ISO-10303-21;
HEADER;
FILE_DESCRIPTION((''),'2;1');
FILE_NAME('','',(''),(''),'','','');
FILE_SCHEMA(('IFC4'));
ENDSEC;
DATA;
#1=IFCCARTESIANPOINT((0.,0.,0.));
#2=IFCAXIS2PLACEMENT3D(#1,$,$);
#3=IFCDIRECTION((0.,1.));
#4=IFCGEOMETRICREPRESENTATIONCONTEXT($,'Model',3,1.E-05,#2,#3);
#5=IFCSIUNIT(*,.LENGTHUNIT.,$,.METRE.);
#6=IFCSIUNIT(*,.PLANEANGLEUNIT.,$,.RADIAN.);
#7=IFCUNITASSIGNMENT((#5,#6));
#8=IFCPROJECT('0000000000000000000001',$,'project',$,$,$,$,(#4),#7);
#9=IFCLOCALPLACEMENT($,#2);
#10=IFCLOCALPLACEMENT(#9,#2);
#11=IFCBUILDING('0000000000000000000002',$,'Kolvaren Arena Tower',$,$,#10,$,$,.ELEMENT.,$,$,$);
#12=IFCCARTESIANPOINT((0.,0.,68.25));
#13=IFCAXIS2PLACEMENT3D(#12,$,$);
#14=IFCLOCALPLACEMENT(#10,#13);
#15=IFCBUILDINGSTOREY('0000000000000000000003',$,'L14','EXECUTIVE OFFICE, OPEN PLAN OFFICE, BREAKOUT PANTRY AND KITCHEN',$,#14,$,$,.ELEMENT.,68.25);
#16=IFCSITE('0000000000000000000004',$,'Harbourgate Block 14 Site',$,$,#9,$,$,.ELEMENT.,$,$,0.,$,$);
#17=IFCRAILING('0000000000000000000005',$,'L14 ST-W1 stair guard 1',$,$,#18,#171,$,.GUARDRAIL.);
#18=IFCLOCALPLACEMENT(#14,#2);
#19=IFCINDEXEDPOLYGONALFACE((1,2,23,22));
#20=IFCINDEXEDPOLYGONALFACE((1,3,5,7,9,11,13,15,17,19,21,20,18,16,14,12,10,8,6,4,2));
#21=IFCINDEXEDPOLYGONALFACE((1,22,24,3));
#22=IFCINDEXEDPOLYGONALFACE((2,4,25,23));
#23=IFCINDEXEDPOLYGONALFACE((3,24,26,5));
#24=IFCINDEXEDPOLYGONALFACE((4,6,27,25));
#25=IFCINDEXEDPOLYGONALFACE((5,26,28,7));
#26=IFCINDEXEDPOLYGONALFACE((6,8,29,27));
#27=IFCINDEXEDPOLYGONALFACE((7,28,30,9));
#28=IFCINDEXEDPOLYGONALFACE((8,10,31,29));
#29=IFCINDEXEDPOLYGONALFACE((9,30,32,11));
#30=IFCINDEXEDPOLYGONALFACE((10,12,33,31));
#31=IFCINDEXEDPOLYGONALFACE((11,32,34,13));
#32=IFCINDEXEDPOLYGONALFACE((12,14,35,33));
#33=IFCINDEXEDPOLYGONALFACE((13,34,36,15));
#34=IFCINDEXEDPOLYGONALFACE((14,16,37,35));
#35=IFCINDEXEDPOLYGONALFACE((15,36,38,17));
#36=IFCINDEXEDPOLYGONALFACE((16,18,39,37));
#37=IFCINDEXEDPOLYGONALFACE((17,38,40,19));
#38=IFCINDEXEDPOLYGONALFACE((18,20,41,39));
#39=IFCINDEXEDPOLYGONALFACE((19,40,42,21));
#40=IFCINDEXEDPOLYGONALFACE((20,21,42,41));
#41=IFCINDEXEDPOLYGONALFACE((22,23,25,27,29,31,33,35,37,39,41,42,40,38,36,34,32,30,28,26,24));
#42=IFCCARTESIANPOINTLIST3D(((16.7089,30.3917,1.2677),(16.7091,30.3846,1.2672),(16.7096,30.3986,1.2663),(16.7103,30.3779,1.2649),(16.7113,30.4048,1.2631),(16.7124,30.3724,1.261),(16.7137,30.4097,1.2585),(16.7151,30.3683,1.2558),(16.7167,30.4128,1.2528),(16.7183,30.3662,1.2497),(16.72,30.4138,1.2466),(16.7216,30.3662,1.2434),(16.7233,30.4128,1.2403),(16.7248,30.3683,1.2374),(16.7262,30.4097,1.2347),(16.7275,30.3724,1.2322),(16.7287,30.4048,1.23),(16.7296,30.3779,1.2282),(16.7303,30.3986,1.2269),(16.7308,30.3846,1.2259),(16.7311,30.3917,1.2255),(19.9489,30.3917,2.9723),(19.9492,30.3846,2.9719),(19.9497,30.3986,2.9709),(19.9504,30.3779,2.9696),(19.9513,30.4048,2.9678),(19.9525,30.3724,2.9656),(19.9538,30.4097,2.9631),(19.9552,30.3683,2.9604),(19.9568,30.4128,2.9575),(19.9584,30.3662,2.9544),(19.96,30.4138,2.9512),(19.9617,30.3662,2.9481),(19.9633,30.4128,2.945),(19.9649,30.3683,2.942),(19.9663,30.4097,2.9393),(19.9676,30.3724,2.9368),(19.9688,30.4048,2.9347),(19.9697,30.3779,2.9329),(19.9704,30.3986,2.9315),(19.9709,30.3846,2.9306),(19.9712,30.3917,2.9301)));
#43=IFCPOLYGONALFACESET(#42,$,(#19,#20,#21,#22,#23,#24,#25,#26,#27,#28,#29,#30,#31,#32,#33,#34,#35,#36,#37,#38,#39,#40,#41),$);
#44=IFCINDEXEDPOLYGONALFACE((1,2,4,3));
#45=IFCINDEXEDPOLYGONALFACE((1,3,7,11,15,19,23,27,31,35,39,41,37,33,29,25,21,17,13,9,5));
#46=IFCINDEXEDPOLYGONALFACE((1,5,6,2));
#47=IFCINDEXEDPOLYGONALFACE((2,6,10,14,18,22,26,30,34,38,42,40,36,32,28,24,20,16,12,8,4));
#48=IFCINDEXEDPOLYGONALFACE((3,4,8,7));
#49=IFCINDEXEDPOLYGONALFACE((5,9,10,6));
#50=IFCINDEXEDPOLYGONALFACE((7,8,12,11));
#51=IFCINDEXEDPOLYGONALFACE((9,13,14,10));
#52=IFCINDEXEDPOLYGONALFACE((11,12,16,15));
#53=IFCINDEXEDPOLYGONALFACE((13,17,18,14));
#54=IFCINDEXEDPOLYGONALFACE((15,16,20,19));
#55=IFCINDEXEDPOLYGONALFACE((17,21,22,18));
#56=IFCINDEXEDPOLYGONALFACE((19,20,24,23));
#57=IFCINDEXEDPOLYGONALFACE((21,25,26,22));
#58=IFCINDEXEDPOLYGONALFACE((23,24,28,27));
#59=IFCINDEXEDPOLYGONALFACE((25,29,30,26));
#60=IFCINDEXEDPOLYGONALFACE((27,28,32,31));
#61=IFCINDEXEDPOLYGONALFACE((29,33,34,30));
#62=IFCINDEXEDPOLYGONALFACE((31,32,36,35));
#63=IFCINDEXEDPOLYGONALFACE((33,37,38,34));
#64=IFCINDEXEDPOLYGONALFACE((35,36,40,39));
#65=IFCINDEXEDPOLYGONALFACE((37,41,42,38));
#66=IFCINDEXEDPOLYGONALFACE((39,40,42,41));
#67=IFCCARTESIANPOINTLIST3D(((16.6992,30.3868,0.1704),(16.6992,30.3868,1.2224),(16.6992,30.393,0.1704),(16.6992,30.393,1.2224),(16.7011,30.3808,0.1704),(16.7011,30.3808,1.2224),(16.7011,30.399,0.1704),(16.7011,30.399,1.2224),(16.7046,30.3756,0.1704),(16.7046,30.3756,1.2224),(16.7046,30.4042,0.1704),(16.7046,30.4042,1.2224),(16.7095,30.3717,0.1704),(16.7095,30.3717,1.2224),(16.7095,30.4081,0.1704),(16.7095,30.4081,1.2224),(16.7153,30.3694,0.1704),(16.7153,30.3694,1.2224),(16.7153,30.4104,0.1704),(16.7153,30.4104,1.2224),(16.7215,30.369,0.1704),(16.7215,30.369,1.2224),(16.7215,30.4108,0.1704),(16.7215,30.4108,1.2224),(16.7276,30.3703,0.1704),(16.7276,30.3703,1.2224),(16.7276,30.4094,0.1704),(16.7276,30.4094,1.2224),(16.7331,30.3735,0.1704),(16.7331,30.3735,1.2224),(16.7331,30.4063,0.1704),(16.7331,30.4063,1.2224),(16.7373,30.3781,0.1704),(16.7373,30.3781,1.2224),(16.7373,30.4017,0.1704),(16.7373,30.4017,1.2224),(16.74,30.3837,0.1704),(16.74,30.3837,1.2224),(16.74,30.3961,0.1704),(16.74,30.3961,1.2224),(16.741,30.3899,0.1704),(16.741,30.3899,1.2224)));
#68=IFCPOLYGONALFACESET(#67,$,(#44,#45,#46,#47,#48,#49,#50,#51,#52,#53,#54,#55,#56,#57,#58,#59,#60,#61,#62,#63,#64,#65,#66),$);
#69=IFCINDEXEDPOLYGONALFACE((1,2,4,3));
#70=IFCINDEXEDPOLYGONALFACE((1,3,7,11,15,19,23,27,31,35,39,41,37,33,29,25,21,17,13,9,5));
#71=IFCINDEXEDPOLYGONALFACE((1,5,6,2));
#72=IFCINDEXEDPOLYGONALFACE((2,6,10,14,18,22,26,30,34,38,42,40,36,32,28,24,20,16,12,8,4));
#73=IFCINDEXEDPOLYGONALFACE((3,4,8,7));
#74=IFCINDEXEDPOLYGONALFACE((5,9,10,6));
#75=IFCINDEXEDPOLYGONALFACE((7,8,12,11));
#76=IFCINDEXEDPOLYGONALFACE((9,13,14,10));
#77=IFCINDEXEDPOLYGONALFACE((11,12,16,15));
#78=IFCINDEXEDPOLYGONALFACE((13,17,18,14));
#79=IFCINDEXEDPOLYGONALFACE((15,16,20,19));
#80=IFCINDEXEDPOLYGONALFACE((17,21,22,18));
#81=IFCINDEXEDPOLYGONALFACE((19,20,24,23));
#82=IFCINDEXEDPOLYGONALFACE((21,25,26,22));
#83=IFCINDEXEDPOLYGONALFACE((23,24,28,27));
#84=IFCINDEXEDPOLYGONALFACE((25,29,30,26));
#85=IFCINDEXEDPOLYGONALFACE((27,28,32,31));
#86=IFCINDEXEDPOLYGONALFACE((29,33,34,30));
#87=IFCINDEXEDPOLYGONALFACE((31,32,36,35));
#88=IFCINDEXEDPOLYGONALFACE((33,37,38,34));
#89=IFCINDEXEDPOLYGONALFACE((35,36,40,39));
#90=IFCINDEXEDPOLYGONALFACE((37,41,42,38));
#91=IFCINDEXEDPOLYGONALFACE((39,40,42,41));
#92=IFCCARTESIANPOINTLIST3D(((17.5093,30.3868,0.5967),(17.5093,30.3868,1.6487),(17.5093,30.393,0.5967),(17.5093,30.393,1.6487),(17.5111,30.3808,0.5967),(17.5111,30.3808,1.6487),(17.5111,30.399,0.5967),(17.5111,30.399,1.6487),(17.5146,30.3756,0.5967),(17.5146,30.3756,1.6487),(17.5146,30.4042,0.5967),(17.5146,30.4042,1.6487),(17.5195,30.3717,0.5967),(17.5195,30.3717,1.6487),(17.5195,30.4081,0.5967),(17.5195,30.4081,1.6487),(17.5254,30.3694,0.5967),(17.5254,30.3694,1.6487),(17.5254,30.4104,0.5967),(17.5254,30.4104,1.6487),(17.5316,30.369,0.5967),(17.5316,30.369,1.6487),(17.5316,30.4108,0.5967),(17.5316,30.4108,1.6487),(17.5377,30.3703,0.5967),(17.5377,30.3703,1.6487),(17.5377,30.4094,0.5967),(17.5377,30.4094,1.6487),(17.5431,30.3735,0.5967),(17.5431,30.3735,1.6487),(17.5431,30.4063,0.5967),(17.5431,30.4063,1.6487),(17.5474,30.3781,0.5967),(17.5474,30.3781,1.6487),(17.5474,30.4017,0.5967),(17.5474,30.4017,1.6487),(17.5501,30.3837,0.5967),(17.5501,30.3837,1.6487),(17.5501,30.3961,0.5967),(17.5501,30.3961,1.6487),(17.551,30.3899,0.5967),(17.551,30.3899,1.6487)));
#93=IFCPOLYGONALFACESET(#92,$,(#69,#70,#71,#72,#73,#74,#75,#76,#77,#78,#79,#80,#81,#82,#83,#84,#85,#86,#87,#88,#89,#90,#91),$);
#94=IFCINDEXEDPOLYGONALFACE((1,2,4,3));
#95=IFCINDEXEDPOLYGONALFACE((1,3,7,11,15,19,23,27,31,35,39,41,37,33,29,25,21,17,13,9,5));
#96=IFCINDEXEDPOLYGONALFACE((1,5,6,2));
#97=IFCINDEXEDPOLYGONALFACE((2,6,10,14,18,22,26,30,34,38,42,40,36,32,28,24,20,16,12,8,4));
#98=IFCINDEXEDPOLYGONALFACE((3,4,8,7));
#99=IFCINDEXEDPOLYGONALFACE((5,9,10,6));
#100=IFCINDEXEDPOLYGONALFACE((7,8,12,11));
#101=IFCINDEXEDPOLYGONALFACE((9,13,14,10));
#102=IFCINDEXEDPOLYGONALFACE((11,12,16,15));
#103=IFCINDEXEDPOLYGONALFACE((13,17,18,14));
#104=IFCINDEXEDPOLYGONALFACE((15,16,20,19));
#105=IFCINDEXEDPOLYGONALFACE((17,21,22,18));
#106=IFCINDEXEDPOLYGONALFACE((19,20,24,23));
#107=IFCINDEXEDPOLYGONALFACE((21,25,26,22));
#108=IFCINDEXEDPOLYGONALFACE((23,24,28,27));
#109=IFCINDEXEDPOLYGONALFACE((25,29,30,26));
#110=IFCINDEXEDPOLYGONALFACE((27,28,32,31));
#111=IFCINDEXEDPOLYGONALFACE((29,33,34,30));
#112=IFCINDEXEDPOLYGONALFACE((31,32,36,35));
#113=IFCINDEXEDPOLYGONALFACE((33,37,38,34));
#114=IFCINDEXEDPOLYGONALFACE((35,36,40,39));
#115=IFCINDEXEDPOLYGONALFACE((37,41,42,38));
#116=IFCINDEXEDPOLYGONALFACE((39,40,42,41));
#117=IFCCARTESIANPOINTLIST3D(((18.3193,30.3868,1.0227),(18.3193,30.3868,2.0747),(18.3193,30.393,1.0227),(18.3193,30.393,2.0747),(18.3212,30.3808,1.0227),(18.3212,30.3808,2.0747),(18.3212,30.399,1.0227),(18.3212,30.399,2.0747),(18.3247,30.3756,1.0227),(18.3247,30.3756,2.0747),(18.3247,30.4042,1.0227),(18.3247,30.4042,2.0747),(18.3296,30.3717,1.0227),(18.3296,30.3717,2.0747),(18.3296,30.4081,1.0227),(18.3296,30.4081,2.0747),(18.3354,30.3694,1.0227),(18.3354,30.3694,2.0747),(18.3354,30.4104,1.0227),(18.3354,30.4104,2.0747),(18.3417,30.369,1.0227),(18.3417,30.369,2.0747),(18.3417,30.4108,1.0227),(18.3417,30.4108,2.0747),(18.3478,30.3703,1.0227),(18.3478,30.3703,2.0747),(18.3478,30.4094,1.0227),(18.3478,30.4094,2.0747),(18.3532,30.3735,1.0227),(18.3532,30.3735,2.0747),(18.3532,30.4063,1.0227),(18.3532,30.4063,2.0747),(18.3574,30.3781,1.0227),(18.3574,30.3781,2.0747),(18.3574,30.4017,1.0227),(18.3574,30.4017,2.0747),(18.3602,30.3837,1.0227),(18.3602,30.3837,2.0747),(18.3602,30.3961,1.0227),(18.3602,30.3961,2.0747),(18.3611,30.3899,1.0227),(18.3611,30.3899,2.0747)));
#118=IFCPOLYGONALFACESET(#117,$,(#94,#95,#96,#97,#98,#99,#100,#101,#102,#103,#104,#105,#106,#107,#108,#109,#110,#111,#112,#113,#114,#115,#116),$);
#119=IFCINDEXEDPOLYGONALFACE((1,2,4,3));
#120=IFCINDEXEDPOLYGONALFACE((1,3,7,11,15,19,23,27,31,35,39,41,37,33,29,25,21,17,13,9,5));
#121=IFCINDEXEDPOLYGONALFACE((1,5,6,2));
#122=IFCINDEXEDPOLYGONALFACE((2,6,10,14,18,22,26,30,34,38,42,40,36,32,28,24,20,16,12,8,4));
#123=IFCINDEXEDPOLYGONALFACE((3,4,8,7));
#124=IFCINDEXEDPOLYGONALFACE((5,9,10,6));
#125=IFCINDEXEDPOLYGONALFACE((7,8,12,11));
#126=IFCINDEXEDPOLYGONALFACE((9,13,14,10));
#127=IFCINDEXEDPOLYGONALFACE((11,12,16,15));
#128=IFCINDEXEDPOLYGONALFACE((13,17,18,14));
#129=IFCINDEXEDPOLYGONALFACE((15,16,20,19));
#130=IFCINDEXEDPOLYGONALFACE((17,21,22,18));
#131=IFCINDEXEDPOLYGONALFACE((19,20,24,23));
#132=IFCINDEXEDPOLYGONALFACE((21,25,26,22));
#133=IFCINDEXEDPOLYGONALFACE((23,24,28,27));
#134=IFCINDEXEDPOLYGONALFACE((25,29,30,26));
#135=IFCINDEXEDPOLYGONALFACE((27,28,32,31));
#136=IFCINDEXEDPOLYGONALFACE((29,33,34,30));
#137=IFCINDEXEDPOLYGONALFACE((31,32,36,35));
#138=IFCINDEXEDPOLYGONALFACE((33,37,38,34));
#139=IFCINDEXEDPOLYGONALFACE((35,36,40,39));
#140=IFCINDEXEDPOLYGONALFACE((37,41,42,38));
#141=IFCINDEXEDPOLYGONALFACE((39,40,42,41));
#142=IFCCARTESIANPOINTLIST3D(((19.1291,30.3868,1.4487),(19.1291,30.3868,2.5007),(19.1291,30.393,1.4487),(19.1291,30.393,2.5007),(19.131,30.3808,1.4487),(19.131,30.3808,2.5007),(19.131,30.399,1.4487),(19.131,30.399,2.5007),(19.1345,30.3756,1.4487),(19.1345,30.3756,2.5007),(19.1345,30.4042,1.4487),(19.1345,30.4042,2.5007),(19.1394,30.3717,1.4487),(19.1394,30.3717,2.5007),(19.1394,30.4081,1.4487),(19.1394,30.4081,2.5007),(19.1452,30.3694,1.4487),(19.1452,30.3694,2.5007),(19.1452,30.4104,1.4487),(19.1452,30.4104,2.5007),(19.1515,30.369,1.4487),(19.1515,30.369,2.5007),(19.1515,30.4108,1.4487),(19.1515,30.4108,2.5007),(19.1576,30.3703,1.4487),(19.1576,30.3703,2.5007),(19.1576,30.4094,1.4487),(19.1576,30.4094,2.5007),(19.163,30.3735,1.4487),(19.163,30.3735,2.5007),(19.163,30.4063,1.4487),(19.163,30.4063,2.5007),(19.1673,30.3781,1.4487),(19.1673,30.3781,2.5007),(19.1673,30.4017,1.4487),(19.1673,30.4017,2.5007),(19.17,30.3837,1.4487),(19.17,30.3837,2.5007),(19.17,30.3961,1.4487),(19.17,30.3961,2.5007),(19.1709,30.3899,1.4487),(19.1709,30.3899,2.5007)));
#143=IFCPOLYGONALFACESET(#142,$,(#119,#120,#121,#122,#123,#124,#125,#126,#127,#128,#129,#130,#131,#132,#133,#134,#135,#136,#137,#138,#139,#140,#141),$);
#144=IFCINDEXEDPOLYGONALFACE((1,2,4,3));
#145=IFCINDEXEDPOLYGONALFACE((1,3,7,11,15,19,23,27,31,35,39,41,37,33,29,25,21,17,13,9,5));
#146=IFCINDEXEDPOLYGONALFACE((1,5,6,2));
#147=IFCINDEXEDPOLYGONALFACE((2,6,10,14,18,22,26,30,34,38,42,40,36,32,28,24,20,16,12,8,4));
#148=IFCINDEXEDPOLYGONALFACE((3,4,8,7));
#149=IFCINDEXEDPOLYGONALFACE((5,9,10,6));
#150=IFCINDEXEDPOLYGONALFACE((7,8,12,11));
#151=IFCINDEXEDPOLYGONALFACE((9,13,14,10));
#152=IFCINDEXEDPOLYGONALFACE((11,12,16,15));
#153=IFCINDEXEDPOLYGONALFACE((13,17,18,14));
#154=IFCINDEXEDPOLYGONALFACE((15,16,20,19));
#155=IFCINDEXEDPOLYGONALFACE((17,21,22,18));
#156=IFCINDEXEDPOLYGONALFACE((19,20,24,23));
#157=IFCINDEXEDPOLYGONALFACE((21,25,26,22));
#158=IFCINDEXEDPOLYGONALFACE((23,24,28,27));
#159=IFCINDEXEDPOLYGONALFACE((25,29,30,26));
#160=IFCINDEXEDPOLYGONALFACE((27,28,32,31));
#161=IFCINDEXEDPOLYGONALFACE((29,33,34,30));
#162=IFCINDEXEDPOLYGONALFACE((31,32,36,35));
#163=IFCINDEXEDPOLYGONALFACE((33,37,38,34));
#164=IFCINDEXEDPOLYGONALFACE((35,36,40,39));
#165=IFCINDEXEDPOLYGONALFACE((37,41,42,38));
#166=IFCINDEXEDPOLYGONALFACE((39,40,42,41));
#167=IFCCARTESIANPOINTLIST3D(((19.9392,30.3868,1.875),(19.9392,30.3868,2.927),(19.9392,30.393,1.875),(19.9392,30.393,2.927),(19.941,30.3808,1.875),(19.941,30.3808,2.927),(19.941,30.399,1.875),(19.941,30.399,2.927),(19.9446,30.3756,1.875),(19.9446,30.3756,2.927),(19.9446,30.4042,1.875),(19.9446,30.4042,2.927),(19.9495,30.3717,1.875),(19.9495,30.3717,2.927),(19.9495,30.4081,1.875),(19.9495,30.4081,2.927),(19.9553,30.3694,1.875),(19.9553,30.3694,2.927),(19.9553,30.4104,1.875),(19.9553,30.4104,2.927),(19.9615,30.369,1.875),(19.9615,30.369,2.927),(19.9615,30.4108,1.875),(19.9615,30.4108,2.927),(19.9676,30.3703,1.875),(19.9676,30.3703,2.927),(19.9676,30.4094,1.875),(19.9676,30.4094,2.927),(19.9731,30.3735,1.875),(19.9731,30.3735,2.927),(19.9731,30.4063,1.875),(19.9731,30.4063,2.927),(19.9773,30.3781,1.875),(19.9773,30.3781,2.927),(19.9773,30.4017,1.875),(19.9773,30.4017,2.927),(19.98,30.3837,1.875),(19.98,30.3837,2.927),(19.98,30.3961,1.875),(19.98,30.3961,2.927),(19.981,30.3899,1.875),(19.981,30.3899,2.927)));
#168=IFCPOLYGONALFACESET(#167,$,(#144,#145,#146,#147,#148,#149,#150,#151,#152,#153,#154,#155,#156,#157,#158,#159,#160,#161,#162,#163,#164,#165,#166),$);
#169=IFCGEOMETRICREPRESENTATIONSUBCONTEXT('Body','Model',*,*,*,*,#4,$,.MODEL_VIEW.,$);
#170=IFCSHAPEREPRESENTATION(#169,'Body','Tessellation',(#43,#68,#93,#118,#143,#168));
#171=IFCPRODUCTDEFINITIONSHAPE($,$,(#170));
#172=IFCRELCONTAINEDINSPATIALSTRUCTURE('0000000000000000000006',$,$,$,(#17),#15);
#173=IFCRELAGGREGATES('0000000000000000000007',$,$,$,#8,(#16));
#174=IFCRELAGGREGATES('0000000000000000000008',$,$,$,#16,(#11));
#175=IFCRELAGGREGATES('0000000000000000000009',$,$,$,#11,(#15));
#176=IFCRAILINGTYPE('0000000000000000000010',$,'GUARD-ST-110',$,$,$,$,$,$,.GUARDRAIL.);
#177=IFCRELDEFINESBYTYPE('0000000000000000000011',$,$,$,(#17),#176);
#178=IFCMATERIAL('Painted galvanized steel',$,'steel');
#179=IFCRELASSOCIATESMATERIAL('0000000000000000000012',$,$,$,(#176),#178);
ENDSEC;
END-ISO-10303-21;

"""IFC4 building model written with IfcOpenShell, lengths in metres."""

from ifc_helpers import new_model, si_unit, direction, frame, origin, origin_2d, place, context, subcontext, project, spatial, circle, extrude, material, type_object, element, save


model = new_model("IFC4")

# Units and contexts
model_context = context("Model", 3, precision=1e-05, world=origin(), true_north=direction((0.0, 1.0)))
body_context = subcontext(model_context, "Body", "Model", "MODEL_VIEW")
ifc_project = project(units=[si_unit("LENGTHUNIT", "METRE"), si_unit("PLANEANGLEUNIT", "RADIAN")], contexts=[model_context])

# Site, building, storey
site_placement = place(None, origin())
site = spatial("IfcSite", under=ifc_project, at=site_placement, Name="Harbourgate Block 14 Site", CompositionType="ELEMENT", RefElevation=0.0)
building_placement = place(site_placement, origin())
building = spatial("IfcBuilding", under=site, at=building_placement, Name="Kolvaren Arena Tower", CompositionType="ELEMENT")
storey_placement = place(building_placement, frame((0.0, 0.0, 68.25)))
storey = spatial("IfcBuildingStorey", under=building, at=storey_placement, Name="L14", Description="EXECUTIVE OFFICE, OPEN PLAN OFFICE, BREAKOUT PANTRY AND KITCHEN", CompositionType="ELEMENT", Elevation=68.25)

# Railing
ifc_material_1 = material(Name="Painted galvanized steel", Category="steel")
railing_type_1 = type_object("IfcRailingType", Name="GUARD-ST-110", PredefinedType="GUARDRAIL", material=ifc_material_1)
railing_1_placement = place(storey_placement, frame((16.72, 30.3899, 0.1704)))
element("IfcRailing", 1, at=railing_1_placement, inside=storey, type_object=railing_type_1, Name="L14 ST-W1 stair guard 1", PredefinedType="GUARDRAIL", context=body_context, shape_type="SweptSolid", body=[
    extrude(circle(Radius=0.0239, at=origin_2d()), frame((0.0, 0.0, 1.0762), z_axis=(0.884993, 0.0, 0.465604), x_axis=(0.0, 1.0, 0.0)), (0.0, 0.0, 1.0), 3.6611),
    extrude(circle(Radius=0.021, at=origin_2d()), origin(), (0.0, 0.0, 1.0), 1.052),
    extrude(circle(Radius=0.021, at=origin_2d()), frame((0.8101, 0.0, 0.4263)), (0.0, 0.0, 1.0), 1.052),
    extrude(circle(Radius=0.021, at=origin_2d()), frame((1.6201, 0.0, 0.8523)), (0.0, 0.0, 1.0), 1.052),
    extrude(circle(Radius=0.021, at=origin_2d()), frame((2.4299, 0.0, 1.2783)), (0.0, 0.0, 1.0), 1.052),
    extrude(circle(Radius=0.021, at=origin_2d()), frame((3.24, 0.0, 1.7046)), (0.0, 0.0, 1.0), 1.052),
])

save(model, "model.ifc")
